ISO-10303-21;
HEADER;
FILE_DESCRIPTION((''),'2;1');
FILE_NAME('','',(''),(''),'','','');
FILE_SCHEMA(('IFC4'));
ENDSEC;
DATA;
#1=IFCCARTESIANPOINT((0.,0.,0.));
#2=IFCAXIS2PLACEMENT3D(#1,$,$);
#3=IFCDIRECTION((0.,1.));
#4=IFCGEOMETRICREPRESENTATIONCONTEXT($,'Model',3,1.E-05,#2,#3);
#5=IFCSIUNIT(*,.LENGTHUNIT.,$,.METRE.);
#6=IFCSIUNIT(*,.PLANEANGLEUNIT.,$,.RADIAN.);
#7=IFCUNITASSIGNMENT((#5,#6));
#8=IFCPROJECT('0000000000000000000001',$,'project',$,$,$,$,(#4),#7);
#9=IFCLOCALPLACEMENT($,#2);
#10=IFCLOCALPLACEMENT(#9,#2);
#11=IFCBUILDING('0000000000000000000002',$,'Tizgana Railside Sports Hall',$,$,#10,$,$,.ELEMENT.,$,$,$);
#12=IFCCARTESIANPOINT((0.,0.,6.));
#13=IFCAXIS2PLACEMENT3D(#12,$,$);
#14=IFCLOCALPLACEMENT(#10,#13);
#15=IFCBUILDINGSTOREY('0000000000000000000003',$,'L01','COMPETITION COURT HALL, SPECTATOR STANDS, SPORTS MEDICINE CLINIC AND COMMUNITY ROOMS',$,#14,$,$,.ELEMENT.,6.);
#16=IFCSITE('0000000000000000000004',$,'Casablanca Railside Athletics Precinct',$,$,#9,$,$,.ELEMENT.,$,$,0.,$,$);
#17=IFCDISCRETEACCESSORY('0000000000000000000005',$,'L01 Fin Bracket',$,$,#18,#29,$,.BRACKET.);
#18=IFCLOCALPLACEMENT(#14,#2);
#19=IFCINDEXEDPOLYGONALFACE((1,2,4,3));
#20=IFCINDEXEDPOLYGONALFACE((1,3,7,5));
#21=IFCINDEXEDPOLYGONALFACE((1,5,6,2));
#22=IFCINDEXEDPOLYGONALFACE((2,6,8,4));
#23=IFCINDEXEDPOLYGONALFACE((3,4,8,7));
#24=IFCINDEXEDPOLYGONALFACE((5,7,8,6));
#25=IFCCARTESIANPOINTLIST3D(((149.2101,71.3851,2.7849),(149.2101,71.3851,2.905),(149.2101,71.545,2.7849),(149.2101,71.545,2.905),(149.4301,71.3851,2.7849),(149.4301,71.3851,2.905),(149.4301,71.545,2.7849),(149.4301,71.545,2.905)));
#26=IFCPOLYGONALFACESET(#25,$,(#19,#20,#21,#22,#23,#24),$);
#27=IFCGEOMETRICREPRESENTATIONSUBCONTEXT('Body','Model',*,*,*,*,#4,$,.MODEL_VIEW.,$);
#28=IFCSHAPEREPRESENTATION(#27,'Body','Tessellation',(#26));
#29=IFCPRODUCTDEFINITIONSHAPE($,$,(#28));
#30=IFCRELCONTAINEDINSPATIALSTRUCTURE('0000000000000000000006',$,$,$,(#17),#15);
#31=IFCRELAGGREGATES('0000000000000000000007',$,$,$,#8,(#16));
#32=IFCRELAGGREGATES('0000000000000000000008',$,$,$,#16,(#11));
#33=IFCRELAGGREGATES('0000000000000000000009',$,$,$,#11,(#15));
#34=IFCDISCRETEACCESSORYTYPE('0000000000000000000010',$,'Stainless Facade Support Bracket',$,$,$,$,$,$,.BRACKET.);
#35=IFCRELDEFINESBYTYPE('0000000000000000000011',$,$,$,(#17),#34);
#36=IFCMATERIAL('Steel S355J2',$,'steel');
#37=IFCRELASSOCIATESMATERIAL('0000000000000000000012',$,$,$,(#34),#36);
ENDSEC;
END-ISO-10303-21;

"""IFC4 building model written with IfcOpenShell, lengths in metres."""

from ifc_helpers import new_model, si_unit, direction, frame, origin, origin_2d, place, context, subcontext, project, spatial, rectangle, extrude, material, type_object, element, save


model = new_model("IFC4")

# Units and contexts
model_context = context("Model", 3, precision=1e-05, world=origin(), true_north=direction((0.0, 1.0)))
body_context = subcontext(model_context, "Body", "Model", "MODEL_VIEW")
ifc_project = project(units=[si_unit("LENGTHUNIT", "METRE"), si_unit("PLANEANGLEUNIT", "RADIAN")], contexts=[model_context])

# Site, building, storey
site_placement = place(None, origin())
site = spatial("IfcSite", under=ifc_project, at=site_placement, Name="Casablanca Railside Athletics Precinct", CompositionType="ELEMENT", RefElevation=0.0)
building_placement = place(site_placement, origin())
building = spatial("IfcBuilding", under=site, at=building_placement, Name="Tizgana Railside Sports Hall", CompositionType="ELEMENT")
storey_placement = place(building_placement, frame((0.0, 0.0, 6.0)))
storey = spatial("IfcBuildingStorey", under=building, at=storey_placement, Name="L01", Description="COMPETITION COURT HALL, SPECTATOR STANDS, SPORTS MEDICINE CLINIC AND COMMUNITY ROOMS", CompositionType="ELEMENT", Elevation=6.0)

# Discrete accessory
ifc_material_1 = material(Name="Steel S355J2", Category="steel")
discrete_accessory_type = type_object("IfcDiscreteAccessoryType", Name="Stainless Facade Support Bracket", PredefinedType="BRACKET", material=ifc_material_1)
for number, where, z_axis, x_axis, name in (
    (1, (149.3201, 71.4651, 2.7849), (0.0, 0.0, 1.0), (0.0, 1.0, 0.0), "L01 Fin Bracket"),
):
    element("IfcDiscreteAccessory", number, at=place(storey_placement, frame(where, z_axis=z_axis, x_axis=x_axis)), inside=storey, type_object=discrete_accessory_type, Name=name, PredefinedType="BRACKET", context=body_context, shape_type="SweptSolid", body=[
        extrude(rectangle(XDim=0.1599, YDim=0.22, at=origin_2d()), origin(), (0.0, 0.0, 1.0), 0.1201),
    ])

save(model, "model.ifc")
